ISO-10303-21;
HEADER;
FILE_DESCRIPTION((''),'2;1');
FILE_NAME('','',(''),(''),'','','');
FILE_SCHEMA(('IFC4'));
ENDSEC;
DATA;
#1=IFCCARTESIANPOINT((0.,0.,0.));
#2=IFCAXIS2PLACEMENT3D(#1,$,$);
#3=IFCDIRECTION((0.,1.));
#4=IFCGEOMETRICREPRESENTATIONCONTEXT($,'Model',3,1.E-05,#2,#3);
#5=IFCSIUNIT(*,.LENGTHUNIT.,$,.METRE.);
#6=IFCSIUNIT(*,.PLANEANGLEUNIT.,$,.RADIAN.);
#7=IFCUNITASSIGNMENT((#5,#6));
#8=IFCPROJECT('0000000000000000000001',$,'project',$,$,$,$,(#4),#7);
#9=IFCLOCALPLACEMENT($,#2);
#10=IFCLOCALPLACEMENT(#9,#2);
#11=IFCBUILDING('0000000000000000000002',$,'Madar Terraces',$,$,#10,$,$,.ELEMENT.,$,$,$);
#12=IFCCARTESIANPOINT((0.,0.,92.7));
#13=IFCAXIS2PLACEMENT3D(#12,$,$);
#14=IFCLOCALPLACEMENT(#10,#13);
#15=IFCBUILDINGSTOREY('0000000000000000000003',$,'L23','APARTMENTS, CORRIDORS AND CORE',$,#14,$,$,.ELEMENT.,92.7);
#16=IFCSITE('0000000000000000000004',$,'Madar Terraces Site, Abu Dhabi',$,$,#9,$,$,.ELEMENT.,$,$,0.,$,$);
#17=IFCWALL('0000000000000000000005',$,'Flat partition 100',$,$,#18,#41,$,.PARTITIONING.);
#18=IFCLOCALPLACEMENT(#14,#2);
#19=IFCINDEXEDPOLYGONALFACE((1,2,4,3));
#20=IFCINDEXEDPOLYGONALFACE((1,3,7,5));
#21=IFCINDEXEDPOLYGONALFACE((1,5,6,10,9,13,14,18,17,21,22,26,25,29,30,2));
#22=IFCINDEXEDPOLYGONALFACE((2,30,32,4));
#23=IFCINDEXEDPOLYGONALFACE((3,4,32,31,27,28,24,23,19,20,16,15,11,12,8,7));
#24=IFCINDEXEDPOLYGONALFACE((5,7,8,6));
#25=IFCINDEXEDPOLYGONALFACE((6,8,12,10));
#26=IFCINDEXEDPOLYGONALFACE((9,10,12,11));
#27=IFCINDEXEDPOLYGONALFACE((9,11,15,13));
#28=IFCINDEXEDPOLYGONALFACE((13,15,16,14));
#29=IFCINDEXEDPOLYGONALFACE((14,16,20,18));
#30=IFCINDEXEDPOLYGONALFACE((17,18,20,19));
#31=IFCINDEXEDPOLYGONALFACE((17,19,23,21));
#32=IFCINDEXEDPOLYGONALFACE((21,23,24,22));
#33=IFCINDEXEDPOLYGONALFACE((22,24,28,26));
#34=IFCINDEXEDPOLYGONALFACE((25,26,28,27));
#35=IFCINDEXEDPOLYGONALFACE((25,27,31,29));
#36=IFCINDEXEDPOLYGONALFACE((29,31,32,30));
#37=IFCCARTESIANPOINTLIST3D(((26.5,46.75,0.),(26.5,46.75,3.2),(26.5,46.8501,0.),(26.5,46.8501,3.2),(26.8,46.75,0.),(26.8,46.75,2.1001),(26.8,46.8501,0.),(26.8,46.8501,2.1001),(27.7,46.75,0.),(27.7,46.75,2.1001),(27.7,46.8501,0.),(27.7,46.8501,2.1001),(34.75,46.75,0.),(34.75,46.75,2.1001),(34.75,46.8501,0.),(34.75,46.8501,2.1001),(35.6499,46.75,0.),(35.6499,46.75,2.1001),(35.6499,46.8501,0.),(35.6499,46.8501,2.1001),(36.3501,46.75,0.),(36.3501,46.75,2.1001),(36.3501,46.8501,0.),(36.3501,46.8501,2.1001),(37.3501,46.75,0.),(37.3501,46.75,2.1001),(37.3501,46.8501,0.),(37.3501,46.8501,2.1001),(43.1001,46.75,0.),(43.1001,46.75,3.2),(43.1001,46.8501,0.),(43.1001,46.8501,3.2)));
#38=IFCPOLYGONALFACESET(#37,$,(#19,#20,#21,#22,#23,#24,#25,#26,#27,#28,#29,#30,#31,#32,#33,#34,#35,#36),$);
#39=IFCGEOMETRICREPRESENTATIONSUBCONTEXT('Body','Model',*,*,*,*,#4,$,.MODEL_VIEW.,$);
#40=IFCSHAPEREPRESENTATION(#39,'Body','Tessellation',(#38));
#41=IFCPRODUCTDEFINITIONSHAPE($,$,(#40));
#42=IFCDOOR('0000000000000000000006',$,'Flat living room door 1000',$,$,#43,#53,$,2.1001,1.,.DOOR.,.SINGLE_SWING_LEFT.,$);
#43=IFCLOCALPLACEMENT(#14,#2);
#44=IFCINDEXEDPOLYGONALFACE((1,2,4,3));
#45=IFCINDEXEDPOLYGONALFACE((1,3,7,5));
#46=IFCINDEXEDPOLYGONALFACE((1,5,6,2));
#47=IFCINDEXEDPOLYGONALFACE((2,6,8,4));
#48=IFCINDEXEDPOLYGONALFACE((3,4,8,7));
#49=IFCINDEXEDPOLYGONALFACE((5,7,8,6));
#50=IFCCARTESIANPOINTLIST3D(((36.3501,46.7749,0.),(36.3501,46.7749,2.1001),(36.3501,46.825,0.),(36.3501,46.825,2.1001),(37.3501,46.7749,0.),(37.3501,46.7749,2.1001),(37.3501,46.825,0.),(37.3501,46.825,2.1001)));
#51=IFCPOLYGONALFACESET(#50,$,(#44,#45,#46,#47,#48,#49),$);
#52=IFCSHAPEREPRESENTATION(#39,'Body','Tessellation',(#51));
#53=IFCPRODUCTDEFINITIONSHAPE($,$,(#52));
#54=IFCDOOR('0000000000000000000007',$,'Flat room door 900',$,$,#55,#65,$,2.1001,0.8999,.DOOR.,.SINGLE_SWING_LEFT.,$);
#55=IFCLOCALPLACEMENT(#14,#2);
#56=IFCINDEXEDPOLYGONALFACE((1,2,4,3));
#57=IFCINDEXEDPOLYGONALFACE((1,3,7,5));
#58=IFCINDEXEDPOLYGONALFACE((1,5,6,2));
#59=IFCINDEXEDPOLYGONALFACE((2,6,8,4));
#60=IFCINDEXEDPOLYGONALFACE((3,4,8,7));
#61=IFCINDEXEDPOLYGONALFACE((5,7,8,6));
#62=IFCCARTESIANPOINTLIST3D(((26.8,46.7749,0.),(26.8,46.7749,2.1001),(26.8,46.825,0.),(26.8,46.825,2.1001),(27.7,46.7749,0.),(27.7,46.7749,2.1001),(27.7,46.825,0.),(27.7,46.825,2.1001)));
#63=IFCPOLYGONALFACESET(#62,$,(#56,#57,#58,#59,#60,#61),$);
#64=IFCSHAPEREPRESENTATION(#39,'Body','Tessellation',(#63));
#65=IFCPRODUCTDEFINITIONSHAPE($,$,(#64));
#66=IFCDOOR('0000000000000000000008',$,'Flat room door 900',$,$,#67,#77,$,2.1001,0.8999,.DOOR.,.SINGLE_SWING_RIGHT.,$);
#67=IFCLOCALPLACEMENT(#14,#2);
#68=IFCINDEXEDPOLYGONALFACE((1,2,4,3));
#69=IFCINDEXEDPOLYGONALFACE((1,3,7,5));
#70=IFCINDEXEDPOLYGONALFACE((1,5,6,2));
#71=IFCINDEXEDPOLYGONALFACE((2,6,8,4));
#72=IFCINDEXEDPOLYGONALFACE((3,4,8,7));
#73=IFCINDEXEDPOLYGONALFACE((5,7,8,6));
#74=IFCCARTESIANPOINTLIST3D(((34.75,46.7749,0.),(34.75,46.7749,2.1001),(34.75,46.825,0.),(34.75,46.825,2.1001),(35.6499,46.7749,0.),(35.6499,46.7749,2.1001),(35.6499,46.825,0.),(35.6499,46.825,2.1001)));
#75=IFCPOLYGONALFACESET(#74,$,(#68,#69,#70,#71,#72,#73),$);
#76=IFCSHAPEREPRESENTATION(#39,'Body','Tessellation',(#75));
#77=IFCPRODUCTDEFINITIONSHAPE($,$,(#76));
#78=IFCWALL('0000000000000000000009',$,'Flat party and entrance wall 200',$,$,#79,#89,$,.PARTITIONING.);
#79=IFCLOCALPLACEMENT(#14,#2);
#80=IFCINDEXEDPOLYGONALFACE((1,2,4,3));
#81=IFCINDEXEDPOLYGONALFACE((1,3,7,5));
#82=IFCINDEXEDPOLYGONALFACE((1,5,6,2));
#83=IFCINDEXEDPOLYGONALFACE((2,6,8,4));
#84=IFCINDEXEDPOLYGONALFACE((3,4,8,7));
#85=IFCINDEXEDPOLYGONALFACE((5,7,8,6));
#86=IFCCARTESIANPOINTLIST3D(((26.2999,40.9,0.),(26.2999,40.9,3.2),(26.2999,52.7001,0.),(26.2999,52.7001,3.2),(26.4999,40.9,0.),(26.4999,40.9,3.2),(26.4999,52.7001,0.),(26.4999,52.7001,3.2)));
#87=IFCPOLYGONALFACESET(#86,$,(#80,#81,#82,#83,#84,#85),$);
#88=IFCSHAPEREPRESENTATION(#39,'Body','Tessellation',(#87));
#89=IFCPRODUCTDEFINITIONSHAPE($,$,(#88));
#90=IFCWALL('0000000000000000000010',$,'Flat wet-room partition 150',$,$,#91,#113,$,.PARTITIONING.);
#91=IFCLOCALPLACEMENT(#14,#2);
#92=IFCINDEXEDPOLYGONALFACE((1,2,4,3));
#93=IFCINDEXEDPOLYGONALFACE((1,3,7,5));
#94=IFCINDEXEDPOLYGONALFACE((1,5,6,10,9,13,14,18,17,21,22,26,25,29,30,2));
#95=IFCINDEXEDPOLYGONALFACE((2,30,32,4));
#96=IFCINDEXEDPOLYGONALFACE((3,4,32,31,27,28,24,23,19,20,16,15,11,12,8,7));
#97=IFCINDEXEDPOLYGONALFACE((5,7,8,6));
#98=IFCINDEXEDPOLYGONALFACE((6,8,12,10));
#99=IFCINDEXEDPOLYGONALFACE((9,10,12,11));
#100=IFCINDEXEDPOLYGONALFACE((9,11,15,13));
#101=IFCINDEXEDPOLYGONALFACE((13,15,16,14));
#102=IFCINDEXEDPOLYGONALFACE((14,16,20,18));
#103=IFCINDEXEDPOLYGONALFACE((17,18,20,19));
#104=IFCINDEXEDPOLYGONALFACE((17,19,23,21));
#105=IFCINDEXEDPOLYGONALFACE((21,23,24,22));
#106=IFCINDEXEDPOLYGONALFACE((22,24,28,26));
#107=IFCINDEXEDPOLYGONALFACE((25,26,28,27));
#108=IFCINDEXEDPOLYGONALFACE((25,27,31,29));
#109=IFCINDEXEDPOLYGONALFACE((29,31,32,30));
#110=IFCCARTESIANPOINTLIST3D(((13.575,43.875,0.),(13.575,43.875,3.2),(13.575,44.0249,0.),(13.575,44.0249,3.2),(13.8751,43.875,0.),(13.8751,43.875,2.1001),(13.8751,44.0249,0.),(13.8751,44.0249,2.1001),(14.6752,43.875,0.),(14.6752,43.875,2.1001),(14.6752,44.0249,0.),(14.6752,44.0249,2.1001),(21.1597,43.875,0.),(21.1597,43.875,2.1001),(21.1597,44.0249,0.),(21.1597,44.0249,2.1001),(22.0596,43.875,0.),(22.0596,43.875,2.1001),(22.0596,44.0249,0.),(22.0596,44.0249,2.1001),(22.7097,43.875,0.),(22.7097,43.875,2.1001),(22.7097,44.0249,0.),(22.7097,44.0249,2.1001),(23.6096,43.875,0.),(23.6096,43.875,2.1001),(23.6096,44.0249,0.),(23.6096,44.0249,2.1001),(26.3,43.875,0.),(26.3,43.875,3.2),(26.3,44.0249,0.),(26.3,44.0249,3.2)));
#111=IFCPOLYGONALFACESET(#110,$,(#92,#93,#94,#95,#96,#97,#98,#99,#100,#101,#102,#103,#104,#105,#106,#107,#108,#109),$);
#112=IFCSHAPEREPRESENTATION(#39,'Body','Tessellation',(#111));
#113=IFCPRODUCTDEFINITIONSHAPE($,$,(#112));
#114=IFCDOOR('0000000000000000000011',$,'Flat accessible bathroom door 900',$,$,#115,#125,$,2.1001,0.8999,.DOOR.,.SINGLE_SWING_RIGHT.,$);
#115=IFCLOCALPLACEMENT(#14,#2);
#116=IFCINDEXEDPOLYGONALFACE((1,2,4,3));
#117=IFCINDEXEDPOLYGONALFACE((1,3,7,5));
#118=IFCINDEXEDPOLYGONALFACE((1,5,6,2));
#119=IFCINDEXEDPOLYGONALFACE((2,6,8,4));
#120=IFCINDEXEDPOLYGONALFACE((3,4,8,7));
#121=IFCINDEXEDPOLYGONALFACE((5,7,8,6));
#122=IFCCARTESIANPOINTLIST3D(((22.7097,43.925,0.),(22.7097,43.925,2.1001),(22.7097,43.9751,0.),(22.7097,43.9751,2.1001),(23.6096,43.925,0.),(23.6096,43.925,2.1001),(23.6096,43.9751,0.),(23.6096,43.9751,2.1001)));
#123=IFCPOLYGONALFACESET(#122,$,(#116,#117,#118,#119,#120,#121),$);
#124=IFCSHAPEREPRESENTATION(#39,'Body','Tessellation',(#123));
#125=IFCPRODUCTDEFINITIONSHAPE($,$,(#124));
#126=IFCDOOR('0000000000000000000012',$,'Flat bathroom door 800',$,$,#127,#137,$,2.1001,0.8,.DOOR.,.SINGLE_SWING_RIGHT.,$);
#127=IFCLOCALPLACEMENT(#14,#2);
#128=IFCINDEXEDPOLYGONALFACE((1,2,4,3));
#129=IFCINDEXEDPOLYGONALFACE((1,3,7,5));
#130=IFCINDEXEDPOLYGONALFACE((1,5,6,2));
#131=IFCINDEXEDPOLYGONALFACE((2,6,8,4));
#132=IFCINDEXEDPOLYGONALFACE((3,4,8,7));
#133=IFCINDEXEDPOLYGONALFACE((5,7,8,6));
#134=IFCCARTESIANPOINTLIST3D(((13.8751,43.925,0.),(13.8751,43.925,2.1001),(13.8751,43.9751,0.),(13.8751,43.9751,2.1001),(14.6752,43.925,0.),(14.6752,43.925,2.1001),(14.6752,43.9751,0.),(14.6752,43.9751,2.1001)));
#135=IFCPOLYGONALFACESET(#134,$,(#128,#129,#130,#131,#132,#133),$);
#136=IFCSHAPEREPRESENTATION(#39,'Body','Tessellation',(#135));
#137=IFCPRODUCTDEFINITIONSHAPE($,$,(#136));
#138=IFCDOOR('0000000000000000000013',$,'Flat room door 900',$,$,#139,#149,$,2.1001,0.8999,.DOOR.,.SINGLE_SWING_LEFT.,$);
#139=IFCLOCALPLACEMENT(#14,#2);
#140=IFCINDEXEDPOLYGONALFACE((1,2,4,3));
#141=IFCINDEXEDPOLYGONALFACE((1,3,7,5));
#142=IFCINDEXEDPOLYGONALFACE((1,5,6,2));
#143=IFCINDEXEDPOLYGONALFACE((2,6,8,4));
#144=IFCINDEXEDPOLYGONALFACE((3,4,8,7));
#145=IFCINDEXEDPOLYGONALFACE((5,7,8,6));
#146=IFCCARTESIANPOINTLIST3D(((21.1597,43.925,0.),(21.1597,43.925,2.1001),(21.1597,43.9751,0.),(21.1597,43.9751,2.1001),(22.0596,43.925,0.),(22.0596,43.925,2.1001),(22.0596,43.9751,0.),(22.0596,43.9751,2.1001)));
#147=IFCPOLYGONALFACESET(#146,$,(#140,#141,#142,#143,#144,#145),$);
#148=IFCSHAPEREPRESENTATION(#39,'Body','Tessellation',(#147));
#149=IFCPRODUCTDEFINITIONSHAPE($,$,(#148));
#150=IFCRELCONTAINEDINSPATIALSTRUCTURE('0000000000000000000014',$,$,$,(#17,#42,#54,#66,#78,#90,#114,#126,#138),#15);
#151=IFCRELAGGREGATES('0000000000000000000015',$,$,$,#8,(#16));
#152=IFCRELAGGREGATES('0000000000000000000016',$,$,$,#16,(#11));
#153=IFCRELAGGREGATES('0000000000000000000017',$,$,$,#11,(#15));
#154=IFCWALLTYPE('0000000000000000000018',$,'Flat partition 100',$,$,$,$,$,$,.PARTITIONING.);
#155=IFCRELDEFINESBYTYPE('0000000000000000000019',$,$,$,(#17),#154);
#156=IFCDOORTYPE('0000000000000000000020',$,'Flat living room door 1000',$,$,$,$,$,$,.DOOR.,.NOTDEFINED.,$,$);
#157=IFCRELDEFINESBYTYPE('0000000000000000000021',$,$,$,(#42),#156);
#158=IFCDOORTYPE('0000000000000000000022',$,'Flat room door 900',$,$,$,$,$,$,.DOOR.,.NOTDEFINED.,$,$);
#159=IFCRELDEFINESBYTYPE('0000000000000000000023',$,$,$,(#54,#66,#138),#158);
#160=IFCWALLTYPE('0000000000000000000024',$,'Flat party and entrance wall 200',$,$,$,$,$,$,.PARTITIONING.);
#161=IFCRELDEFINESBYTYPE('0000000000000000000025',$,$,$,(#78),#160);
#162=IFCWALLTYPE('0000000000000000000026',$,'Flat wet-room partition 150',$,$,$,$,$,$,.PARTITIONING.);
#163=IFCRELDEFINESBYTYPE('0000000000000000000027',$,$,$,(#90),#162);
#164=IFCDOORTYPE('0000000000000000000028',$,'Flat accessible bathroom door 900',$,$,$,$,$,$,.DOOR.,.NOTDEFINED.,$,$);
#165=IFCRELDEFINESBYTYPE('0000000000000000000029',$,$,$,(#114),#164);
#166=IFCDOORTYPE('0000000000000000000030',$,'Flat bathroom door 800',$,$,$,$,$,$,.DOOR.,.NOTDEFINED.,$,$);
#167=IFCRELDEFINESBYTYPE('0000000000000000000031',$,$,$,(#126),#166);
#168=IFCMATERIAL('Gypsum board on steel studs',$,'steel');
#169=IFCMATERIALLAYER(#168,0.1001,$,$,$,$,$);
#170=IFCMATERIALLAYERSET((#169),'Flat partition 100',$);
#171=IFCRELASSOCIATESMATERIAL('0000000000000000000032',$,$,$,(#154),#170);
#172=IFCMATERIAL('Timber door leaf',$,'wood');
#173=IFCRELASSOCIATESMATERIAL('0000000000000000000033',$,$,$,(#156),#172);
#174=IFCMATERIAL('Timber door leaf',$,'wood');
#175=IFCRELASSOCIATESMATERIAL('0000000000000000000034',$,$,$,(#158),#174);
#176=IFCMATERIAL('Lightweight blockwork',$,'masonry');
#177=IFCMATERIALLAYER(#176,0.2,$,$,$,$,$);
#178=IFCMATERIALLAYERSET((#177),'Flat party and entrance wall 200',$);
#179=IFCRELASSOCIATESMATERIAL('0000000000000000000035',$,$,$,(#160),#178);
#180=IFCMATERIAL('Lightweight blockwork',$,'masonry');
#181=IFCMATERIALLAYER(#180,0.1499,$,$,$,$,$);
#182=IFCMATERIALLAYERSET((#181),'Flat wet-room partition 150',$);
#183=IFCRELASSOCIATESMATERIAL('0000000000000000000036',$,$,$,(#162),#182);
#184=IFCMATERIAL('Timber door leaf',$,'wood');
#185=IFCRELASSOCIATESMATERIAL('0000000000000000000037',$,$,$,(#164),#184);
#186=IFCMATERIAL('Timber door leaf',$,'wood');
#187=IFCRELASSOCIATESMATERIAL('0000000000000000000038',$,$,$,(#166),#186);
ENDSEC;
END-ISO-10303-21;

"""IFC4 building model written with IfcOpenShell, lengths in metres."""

from ifc_helpers import new_model, si_unit, direction, frame, frame_2d, origin, place, context, subcontext, project, spatial, rectangle, extrude, material, layer, layer_set, type_object, element, fill, save


model = new_model("IFC4")

# Units and contexts
model_context = context("Model", 3, precision=1e-05, world=origin(), true_north=direction((0.0, 1.0)))
body_context = subcontext(model_context, "Body", "Model", "MODEL_VIEW")
ifc_project = project(units=[si_unit("LENGTHUNIT", "METRE"), si_unit("PLANEANGLEUNIT", "RADIAN")], contexts=[model_context])

# Site, building, storey
site_placement = place(None, origin())
site = spatial("IfcSite", under=ifc_project, at=site_placement, Name="Madar Terraces Site, Abu Dhabi", CompositionType="ELEMENT", RefElevation=0.0)
building_placement = place(site_placement, origin())
building = spatial("IfcBuilding", under=site, at=building_placement, Name="Madar Terraces", CompositionType="ELEMENT")
storey_placement = place(building_placement, frame((0.0, 0.0, 92.7)))
storey = spatial("IfcBuildingStorey", under=building, at=storey_placement, Name="L23", Description="APARTMENTS, CORRIDORS AND CORE", CompositionType="ELEMENT", Elevation=92.7)

# Shared definitions
ifc_material_1 = material(Name="Gypsum board on steel studs", Category="steel")
ifc_layer_1 = layer(ifc_material_1, 0.1001)
ifc_layer_set_1 = layer_set([ifc_layer_1], Name="Flat partition 100")
wall_type_1 = type_object("IfcWallType", Name="Flat partition 100", PredefinedType="PARTITIONING", material=ifc_layer_set_1)

# Wall, openings, doors
wall_1_placement = place(storey_placement, frame((26.5, 46.8, 0.0), z_axis=(0.0, 0.0, 1.0), x_axis=(1.0, 0.0, 0.0)))
wall_1 = element("IfcWall", 1, at=wall_1_placement, inside=storey, type_object=wall_type_1, Name="Flat partition 100", PredefinedType="PARTITIONING", context=body_context, shape_type="SweptSolid", body=[
    extrude(rectangle(XDim=16.6001, YDim=0.1001, at=frame_2d((8.3, 0.0))), origin(), (0.0, 0.0, 1.0), 3.2),
])
opening_1_placement = place(wall_1_placement, frame((0.3, 0.0, 0.0)))
opening_1 = element("IfcOpeningElement", 2, at=opening_1_placement, cuts=wall_1, PredefinedType="OPENING", context=body_context, shape_type="SweptSolid", body=[
    extrude(rectangle(XDim=0.8999, YDim=2.1001, at=frame_2d((0.45, 1.05))), frame((0.0, 0.0601, 0.0), z_axis=(0.0, -1.0, 0.0), x_axis=(1.0, 0.0, 0.0)), (0.0, 0.0, 1.0), 0.1201),
])
opening_2_placement = place(wall_1_placement, frame((8.25, 0.0, 0.0)))
opening_2 = element("IfcOpeningElement", 3, at=opening_2_placement, cuts=wall_1, PredefinedType="OPENING", context=body_context, shape_type="SweptSolid", body=[
    extrude(rectangle(XDim=0.8999, YDim=2.1001, at=frame_2d((0.45, 1.05))), frame((0.0, 0.0601, 0.0), z_axis=(0.0, -1.0, 0.0), x_axis=(1.0, 0.0, 0.0)), (0.0, 0.0, 1.0), 0.1201),
])
opening_3_placement = place(wall_1_placement, frame((9.8501, 0.0, 0.0)))
opening_3 = element("IfcOpeningElement", 4, at=opening_3_placement, cuts=wall_1, PredefinedType="OPENING", context=body_context, shape_type="SweptSolid", body=[
    extrude(rectangle(XDim=1.0, YDim=2.1001, at=frame_2d((0.5, 1.05))), frame((0.0, 0.0601, 0.0), z_axis=(0.0, -1.0, 0.0), x_axis=(1.0, 0.0, 0.0)), (0.0, 0.0, 1.0), 0.1201),
])
ifc_material_2 = material(Name="Timber door leaf", Category="wood")
door_type_1 = type_object("IfcDoorType", Name="Flat living room door 1000", OperationType="NOTDEFINED", PredefinedType="DOOR", material=ifc_material_2)
door_1_placement = place(opening_3_placement, origin())
door_1 = element("IfcDoor", 5, at=door_1_placement, inside=storey, type_object=door_type_1, Name="Flat living room door 1000", OperationType="SINGLE_SWING_LEFT", OverallHeight=2.1001, OverallWidth=1.0, PredefinedType="DOOR", context=body_context, shape_type="SweptSolid", body=[
    extrude(rectangle(XDim=1.0, YDim=2.1001, at=frame_2d((0.5, 1.05))), frame((0.0, 0.0249, 0.0), z_axis=(0.0, -1.0, 0.0), x_axis=(1.0, 0.0, 0.0)), (0.0, 0.0, 1.0), 0.05),
])
fill(opening_3, door_1)
ifc_material_3 = material(Name="Timber door leaf", Category="wood")
door_type_2 = type_object("IfcDoorType", Name="Flat room door 900", OperationType="NOTDEFINED", PredefinedType="DOOR", material=ifc_material_3)
door_2_placement = place(opening_1_placement, origin())
door_2 = element("IfcDoor", 6, at=door_2_placement, inside=storey, type_object=door_type_2, Name="Flat room door 900", OperationType="SINGLE_SWING_LEFT", OverallHeight=2.1001, OverallWidth=0.8999, PredefinedType="DOOR", context=body_context, shape_type="SweptSolid", body=[
    extrude(rectangle(XDim=0.8999, YDim=2.1001, at=frame_2d((0.45, 1.05))), frame((0.0, 0.0249, 0.0), z_axis=(0.0, -1.0, 0.0), x_axis=(1.0, 0.0, 0.0)), (0.0, 0.0, 1.0), 0.05),
])
fill(opening_1, door_2)
door_3_placement = place(opening_2_placement, origin())
door_3 = element("IfcDoor", 7, at=door_3_placement, inside=storey, type_object=door_type_2, Name="Flat room door 900", OperationType="SINGLE_SWING_RIGHT", OverallHeight=2.1001, OverallWidth=0.8999, PredefinedType="DOOR", context=body_context, shape_type="SweptSolid", body=[
    extrude(rectangle(XDim=0.8999, YDim=2.1001, at=frame_2d((0.45, 1.05))), frame((0.0, 0.0249, 0.0), z_axis=(0.0, -1.0, 0.0), x_axis=(1.0, 0.0, 0.0)), (0.0, 0.0, 1.0), 0.05),
])
fill(opening_2, door_3)

# Wall
ifc_material_4 = material(Name="Lightweight blockwork", Category="masonry")
ifc_layer_2 = layer(ifc_material_4, 0.2)
ifc_layer_set_2 = layer_set([ifc_layer_2], Name="Flat party and entrance wall 200")
wall_type_2 = type_object("IfcWallType", Name="Flat party and entrance wall 200", PredefinedType="PARTITIONING", material=ifc_layer_set_2)
wall_2_placement = place(storey_placement, frame((26.3999, 52.7, 0.0), z_axis=(0.0, 0.0, 1.0), x_axis=(0.0, -1.0, 0.0)))
element("IfcWall", 8, at=wall_2_placement, inside=storey, type_object=wall_type_2, Name="Flat party and entrance wall 200", PredefinedType="PARTITIONING", context=body_context, shape_type="SweptSolid", body=[
    extrude(rectangle(XDim=11.8, YDim=0.2, at=frame_2d((5.8999, 0.0))), origin(), (0.0, 0.0, 1.0), 3.2),
])

# Wall, openings, doors
ifc_material_5 = material(Name="Lightweight blockwork", Category="masonry")
ifc_layer_3 = layer(ifc_material_5, 0.1499)
ifc_layer_set_3 = layer_set([ifc_layer_3], Name="Flat wet-room partition 150")
wall_type_3 = type_object("IfcWallType", Name="Flat wet-room partition 150", PredefinedType="PARTITIONING", material=ifc_layer_set_3)
wall_3_placement = place(storey_placement, frame((26.3, 43.95, 0.0), z_axis=(0.0, 0.0, 1.0), x_axis=(-1.0, 0.0, 0.0)))
wall_3 = element("IfcWall", 9, at=wall_3_placement, inside=storey, type_object=wall_type_3, Name="Flat wet-room partition 150", PredefinedType="PARTITIONING", context=body_context, shape_type="SweptSolid", body=[
    extrude(rectangle(XDim=12.7251, YDim=0.1499, at=frame_2d((6.3625, 0.0))), origin(), (0.0, 0.0, 1.0), 3.2),
])
opening_4_placement = place(wall_3_placement, frame((11.625, 0.0, 0.0)))
opening_4 = element("IfcOpeningElement", 10, at=opening_4_placement, cuts=wall_3, PredefinedType="OPENING", context=body_context, shape_type="SweptSolid", body=[
    extrude(rectangle(XDim=0.8, YDim=2.1001, at=frame_2d((0.3999, 1.05))), frame((0.0, 0.085, 0.0), z_axis=(0.0, -1.0, 0.0), x_axis=(1.0, 0.0, 0.0)), (0.0, 0.0, 1.0), 0.1699),
])
opening_5_placement = place(wall_3_placement, frame((4.2405, 0.0, 0.0)))
opening_5 = element("IfcOpeningElement", 11, at=opening_5_placement, cuts=wall_3, PredefinedType="OPENING", context=body_context, shape_type="SweptSolid", body=[
    extrude(rectangle(XDim=0.8999, YDim=2.1001, at=frame_2d((0.45, 1.05))), frame((0.0, 0.085, 0.0), z_axis=(0.0, -1.0, 0.0), x_axis=(1.0, 0.0, 0.0)), (0.0, 0.0, 1.0), 0.1699),
])
opening_6_placement = place(wall_3_placement, frame((2.6904, 0.0, 0.0)))
opening_6 = element("IfcOpeningElement", 12, at=opening_6_placement, cuts=wall_3, PredefinedType="OPENING", context=body_context, shape_type="SweptSolid", body=[
    extrude(rectangle(XDim=0.8999, YDim=2.1001, at=frame_2d((0.45, 1.05))), frame((0.0, 0.085, 0.0), z_axis=(0.0, -1.0, 0.0), x_axis=(1.0, 0.0, 0.0)), (0.0, 0.0, 1.0), 0.1699),
])
ifc_material_6 = material(Name="Timber door leaf", Category="wood")
door_type_3 = type_object("IfcDoorType", Name="Flat accessible bathroom door 900", OperationType="NOTDEFINED", PredefinedType="DOOR", material=ifc_material_6)
door_4_placement = place(opening_6_placement, origin())
door_4 = element("IfcDoor", 13, at=door_4_placement, inside=storey, type_object=door_type_3, Name="Flat accessible bathroom door 900", OperationType="SINGLE_SWING_RIGHT", OverallHeight=2.1001, OverallWidth=0.8999, PredefinedType="DOOR", context=body_context, shape_type="SweptSolid", body=[
    extrude(rectangle(XDim=0.8999, YDim=2.1001, at=frame_2d((0.45, 1.05))), frame((0.0, 0.0249, 0.0), z_axis=(0.0, -1.0, 0.0), x_axis=(1.0, 0.0, 0.0)), (0.0, 0.0, 1.0), 0.05),
])
fill(opening_6, door_4)
ifc_material_7 = material(Name="Timber door leaf", Category="wood")
door_type_4 = type_object("IfcDoorType", Name="Flat bathroom door 800", OperationType="NOTDEFINED", PredefinedType="DOOR", material=ifc_material_7)
door_5_placement = place(opening_4_placement, origin())
door_5 = element("IfcDoor", 14, at=door_5_placement, inside=storey, type_object=door_type_4, Name="Flat bathroom door 800", OperationType="SINGLE_SWING_RIGHT", OverallHeight=2.1001, OverallWidth=0.8, PredefinedType="DOOR", context=body_context, shape_type="SweptSolid", body=[
    extrude(rectangle(XDim=0.8, YDim=2.1001, at=frame_2d((0.3999, 1.05))), frame((0.0, 0.0249, 0.0), z_axis=(0.0, -1.0, 0.0), x_axis=(1.0, 0.0, 0.0)), (0.0, 0.0, 1.0), 0.05),
])
fill(opening_4, door_5)
door_6_placement = place(opening_5_placement, origin())
door_6 = element("IfcDoor", 15, at=door_6_placement, inside=storey, type_object=door_type_2, Name="Flat room door 900", OperationType="SINGLE_SWING_LEFT", OverallHeight=2.1001, OverallWidth=0.8999, PredefinedType="DOOR", context=body_context, shape_type="SweptSolid", body=[
    extrude(rectangle(XDim=0.8999, YDim=2.1001, at=frame_2d((0.45, 1.05))), frame((0.0, 0.0249, 0.0), z_axis=(0.0, -1.0, 0.0), x_axis=(1.0, 0.0, 0.0)), (0.0, 0.0, 1.0), 0.05),
])
fill(opening_5, door_6)

save(model, "model.ifc")
